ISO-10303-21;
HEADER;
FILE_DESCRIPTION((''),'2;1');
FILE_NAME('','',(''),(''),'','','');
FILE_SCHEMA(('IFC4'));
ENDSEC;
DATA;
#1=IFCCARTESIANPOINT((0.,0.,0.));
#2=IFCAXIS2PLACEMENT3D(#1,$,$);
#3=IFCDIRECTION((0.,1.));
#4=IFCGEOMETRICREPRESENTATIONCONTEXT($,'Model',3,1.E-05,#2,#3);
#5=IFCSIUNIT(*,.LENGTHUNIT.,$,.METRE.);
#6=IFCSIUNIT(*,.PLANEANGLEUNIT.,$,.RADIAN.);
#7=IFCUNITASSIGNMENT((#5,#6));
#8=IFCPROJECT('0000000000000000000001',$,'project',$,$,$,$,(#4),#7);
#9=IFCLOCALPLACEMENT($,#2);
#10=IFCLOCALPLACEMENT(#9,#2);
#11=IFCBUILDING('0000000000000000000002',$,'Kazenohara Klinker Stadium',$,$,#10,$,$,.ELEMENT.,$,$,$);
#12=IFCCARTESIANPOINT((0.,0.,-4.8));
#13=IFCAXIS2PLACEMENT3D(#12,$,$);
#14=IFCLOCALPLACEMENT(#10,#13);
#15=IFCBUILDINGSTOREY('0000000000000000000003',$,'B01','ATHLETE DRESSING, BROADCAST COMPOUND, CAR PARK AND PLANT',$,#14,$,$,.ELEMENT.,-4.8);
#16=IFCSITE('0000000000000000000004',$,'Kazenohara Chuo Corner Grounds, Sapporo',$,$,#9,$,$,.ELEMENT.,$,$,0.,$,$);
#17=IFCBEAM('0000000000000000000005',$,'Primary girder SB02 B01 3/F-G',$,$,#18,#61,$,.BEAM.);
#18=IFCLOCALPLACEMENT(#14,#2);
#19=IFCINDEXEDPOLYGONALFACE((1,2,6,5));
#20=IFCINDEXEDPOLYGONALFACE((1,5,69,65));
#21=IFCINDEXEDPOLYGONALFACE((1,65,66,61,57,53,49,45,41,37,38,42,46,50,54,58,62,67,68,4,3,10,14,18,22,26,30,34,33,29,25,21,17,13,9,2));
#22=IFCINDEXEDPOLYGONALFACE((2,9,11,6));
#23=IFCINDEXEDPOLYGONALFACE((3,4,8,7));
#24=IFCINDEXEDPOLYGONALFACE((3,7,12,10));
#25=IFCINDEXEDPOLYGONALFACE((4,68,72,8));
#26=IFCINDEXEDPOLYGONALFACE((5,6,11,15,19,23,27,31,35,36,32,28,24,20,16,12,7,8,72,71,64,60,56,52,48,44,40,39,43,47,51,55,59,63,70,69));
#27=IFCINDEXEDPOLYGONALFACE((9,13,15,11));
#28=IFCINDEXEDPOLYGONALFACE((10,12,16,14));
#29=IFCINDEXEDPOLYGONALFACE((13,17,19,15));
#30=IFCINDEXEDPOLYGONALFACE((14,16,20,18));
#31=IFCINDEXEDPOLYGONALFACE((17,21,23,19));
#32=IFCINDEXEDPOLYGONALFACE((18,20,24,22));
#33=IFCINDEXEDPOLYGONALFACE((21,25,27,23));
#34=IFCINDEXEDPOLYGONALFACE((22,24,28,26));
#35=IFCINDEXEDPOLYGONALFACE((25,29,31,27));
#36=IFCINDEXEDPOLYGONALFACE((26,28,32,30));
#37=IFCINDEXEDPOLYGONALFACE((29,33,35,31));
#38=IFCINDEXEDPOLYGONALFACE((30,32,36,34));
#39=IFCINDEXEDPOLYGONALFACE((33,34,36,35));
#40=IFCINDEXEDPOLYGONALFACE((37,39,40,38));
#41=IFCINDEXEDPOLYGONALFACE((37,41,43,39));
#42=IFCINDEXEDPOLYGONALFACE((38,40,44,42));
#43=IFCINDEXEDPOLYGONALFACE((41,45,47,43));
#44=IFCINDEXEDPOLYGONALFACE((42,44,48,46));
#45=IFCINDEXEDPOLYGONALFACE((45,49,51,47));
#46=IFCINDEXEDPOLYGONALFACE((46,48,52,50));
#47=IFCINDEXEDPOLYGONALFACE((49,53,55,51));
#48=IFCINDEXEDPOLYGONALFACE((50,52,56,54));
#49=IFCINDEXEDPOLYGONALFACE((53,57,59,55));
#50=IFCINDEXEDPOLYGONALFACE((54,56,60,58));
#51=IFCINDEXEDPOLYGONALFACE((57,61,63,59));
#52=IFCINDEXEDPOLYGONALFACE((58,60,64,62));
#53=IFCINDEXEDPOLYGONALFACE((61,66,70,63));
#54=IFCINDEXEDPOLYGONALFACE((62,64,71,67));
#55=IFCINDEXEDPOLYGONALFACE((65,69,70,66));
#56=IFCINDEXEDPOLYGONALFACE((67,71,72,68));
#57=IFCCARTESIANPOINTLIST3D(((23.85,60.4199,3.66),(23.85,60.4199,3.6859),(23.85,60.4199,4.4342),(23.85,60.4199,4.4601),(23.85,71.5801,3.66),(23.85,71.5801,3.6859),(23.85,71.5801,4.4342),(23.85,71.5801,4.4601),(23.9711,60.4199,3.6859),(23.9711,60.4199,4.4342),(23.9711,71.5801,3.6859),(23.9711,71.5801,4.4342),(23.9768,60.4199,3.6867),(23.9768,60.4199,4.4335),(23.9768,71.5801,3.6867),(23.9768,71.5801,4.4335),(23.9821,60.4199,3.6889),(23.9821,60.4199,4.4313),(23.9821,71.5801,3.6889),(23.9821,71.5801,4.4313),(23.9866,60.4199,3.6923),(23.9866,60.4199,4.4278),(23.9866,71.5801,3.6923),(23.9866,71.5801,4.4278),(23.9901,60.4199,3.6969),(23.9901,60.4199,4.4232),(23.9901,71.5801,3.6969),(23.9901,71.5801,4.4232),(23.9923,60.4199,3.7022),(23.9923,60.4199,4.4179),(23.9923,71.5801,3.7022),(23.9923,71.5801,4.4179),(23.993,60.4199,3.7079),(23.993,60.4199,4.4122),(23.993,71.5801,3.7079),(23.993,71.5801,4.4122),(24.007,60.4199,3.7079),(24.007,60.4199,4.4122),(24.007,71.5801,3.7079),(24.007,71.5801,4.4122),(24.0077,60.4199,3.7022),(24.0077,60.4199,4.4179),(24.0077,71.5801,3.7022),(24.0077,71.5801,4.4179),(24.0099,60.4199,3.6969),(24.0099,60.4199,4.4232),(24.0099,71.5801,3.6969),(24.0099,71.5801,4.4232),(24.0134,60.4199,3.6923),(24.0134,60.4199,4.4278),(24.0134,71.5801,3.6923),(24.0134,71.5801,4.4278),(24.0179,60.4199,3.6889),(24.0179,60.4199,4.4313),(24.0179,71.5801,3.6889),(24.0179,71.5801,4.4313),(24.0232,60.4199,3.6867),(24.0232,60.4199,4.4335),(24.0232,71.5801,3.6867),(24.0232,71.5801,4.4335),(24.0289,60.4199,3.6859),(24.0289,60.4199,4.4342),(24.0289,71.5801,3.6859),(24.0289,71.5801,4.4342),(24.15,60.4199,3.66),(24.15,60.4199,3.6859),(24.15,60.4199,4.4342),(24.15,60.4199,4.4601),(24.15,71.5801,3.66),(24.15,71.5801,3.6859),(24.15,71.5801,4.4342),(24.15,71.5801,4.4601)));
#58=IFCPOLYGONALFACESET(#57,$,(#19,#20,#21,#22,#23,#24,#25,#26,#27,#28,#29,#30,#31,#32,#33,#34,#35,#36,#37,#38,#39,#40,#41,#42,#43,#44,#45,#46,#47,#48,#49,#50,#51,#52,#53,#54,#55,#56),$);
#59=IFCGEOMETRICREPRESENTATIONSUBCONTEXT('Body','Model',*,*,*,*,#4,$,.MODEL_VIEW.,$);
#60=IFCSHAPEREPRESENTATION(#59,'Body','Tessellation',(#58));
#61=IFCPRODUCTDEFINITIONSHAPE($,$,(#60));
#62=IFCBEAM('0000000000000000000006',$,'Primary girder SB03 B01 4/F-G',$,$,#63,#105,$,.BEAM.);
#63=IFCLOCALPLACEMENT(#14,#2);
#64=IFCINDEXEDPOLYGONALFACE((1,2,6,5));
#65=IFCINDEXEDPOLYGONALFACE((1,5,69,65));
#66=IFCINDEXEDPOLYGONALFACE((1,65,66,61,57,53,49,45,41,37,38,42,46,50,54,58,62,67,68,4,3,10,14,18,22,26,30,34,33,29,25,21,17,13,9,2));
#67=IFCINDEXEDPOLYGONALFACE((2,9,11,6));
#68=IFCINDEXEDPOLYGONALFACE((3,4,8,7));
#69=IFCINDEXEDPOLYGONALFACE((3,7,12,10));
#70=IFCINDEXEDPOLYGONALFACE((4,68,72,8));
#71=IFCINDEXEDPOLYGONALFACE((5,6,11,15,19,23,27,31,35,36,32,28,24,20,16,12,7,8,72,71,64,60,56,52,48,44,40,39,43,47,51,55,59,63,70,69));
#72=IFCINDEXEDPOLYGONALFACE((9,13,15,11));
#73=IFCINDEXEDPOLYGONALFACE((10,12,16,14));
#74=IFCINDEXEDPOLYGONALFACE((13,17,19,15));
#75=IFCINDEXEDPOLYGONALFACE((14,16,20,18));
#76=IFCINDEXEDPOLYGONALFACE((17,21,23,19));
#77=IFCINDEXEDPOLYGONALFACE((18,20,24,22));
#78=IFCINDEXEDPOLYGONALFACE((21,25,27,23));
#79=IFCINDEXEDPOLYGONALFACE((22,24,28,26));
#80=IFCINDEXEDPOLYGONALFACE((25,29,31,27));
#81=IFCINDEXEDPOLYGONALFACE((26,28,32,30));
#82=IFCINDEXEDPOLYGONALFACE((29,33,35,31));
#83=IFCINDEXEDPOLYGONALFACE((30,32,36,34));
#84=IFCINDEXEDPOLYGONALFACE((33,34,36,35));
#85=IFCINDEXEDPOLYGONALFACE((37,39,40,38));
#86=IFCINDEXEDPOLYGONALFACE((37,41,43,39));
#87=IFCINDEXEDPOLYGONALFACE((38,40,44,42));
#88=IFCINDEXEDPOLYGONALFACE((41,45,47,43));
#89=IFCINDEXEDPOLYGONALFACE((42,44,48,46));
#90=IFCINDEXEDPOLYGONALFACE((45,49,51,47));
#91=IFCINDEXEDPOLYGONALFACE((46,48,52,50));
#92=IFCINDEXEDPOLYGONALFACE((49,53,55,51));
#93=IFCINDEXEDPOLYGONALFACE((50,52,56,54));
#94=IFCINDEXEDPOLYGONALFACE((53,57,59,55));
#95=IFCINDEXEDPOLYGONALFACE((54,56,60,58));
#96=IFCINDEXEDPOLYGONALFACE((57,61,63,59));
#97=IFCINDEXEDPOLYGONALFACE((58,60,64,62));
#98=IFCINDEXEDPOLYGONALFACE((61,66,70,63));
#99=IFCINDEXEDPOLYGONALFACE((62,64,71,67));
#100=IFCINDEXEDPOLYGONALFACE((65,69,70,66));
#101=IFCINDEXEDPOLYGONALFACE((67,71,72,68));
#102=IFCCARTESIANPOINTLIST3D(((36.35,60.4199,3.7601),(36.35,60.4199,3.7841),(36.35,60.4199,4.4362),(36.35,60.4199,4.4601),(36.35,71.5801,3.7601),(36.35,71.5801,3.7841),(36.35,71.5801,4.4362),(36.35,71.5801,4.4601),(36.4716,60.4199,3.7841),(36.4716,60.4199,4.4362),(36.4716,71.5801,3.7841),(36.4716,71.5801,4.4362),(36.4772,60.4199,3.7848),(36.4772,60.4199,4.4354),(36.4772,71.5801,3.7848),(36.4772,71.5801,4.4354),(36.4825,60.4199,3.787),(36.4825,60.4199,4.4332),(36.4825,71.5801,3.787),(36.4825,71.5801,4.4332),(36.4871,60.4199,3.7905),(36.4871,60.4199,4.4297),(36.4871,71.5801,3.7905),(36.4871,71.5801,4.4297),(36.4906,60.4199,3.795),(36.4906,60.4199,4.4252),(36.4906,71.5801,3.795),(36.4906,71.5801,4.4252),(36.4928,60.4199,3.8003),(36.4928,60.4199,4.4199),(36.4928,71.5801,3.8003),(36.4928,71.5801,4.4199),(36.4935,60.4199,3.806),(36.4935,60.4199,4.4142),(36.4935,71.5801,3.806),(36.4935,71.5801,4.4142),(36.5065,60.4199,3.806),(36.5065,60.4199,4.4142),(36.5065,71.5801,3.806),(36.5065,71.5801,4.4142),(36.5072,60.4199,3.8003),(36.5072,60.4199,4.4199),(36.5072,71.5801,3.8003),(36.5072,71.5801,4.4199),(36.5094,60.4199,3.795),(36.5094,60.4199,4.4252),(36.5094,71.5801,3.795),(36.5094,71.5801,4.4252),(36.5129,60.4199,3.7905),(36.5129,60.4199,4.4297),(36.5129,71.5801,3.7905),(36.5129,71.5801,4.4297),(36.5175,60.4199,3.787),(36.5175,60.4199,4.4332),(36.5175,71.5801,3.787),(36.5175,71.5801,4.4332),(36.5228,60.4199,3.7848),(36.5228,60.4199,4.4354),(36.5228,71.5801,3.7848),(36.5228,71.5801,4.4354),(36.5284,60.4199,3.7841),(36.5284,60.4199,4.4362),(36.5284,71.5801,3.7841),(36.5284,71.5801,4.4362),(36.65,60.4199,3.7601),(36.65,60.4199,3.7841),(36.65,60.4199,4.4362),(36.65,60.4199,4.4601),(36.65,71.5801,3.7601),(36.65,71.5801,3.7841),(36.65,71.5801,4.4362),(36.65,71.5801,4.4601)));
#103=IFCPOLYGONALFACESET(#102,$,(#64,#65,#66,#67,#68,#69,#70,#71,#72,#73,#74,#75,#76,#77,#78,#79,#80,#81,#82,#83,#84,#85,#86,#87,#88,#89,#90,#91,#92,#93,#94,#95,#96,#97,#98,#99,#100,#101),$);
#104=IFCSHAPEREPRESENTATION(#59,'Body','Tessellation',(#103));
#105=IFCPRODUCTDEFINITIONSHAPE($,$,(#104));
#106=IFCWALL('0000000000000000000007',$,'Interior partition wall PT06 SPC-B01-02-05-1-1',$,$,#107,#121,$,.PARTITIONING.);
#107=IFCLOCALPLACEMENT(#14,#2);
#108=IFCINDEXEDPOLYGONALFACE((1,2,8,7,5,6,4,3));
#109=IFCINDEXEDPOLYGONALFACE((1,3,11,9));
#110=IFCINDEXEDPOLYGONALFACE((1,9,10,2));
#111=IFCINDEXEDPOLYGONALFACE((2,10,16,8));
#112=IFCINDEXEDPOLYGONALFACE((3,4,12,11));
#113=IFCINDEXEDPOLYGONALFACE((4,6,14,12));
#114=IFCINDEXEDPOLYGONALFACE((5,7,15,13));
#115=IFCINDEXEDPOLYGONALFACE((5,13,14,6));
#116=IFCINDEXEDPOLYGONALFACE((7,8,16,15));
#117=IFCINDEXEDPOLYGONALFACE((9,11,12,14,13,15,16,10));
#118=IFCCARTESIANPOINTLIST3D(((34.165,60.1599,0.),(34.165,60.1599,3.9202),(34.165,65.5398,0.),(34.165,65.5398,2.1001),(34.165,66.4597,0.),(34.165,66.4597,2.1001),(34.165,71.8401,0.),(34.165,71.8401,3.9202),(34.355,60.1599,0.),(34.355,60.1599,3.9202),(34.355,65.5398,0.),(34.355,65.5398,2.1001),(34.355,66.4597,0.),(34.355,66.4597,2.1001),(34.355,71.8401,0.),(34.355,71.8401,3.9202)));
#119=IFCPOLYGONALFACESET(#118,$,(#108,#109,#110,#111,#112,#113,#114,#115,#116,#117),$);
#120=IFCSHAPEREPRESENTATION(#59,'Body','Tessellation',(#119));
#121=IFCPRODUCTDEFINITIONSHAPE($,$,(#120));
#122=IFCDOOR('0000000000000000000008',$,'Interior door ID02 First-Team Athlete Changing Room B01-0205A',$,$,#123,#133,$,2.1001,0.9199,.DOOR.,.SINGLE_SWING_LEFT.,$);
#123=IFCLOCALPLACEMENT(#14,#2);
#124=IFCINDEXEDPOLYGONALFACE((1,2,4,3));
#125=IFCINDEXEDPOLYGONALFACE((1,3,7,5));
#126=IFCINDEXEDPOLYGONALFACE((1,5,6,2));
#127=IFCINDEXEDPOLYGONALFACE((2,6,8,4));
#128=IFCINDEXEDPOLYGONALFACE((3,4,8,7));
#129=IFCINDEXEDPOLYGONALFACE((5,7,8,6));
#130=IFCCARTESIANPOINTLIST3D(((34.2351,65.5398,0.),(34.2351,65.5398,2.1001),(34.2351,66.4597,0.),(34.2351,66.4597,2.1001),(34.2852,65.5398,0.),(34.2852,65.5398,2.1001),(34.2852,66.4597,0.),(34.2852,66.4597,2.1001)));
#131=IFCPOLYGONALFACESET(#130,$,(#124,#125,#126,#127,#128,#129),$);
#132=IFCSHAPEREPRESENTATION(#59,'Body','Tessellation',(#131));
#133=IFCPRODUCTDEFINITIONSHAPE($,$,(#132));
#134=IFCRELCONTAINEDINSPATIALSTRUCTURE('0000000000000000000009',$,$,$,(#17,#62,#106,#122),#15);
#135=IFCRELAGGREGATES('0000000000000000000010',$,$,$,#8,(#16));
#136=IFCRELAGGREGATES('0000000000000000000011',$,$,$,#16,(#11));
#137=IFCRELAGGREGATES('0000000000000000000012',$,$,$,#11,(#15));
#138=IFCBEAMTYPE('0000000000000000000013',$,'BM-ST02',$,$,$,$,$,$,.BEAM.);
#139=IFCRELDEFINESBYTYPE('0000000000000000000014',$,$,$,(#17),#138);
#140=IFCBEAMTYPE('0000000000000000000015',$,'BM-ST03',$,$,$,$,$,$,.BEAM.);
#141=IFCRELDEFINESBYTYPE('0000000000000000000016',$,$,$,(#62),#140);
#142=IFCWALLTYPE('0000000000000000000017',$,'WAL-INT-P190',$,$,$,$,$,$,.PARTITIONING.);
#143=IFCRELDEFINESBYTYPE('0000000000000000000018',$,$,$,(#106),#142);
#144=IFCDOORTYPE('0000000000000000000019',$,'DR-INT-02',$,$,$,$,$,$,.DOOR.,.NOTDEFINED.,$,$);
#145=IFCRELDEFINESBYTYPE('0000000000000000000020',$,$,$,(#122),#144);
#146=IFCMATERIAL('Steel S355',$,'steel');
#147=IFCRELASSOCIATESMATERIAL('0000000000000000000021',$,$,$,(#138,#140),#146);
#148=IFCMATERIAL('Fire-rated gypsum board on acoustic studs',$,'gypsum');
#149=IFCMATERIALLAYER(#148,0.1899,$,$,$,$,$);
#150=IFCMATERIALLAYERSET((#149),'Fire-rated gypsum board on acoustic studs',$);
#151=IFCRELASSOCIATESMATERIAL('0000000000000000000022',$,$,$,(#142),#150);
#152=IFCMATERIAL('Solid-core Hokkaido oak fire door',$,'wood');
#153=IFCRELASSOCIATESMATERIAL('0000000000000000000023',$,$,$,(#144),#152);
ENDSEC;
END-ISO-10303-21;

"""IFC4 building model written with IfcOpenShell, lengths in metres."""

from ifc_helpers import new_model, si_unit, direction, frame, frame_2d, origin, origin_2d, place, context, subcontext, project, spatial, rectangle, i_section, extrude, material, layer, layer_set, material_profile, profile_set, type_object, element, fill, save


model = new_model("IFC4")

# Units and contexts
model_context = context("Model", 3, precision=1e-05, world=origin(), true_north=direction((0.0, 1.0)))
body_context = subcontext(model_context, "Body", "Model", "MODEL_VIEW")
ifc_project = project(units=[si_unit("LENGTHUNIT", "METRE"), si_unit("PLANEANGLEUNIT", "RADIAN")], contexts=[model_context])

# Site, building, storey
site_placement = place(None, origin())
site = spatial("IfcSite", under=ifc_project, at=site_placement, Name="Kazenohara Chuo Corner Grounds, Sapporo", CompositionType="ELEMENT", RefElevation=0.0)
building_placement = place(site_placement, origin())
building = spatial("IfcBuilding", under=site, at=building_placement, Name="Kazenohara Klinker Stadium", CompositionType="ELEMENT")
storey_placement = place(building_placement, frame((0.0, 0.0, -4.8)))
storey = spatial("IfcBuildingStorey", under=building, at=storey_placement, Name="B01", Description="ATHLETE DRESSING, BROADCAST COMPOUND, CAR PARK AND PLANT", CompositionType="ELEMENT", Elevation=-4.8)

# Beams
ifc_material_1 = material(Name="Steel S355", Category="steel")
ifc_material_profile_1 = material_profile(ifc_material_1, i_section(OverallWidth=0.3, OverallDepth=0.8, WebThickness=0.0139, FlangeThickness=0.0259, FilletRadius=0.022, at=origin_2d()), Name="H-800x300x14x26")
ifc_profile_set_1 = profile_set([ifc_material_profile_1], Name="Steel S355")
beam_type_1 = type_object("IfcBeamType", Name="BM-ST02", PredefinedType="BEAM", material=ifc_profile_set_1)
beam_1_placement = place(storey_placement, frame((24.0, 60.4199, 4.0601), z_axis=(0.0, 1.0, 0.0), x_axis=(-1.0, 0.0, 0.0)))
element("IfcBeam", 1, at=beam_1_placement, inside=storey, type_object=beam_type_1, Name="Primary girder SB02 B01 3/F-G", PredefinedType="BEAM", context=body_context, shape_type="SweptSolid", body=[
    extrude(i_section(OverallWidth=0.3, OverallDepth=0.8, WebThickness=0.0139, FlangeThickness=0.0259, FilletRadius=0.022, at=origin_2d()), origin(), (0.0, 0.0, 1.0), 11.1602),
])
ifc_material_profile_2 = material_profile(ifc_material_1, i_section(OverallWidth=0.3, OverallDepth=0.7, WebThickness=0.0129, FlangeThickness=0.0239, FilletRadius=0.022, at=origin_2d()), Name="H-700x300x13x24")
ifc_profile_set_2 = profile_set([ifc_material_profile_2], Name="Steel S355")
beam_type_2 = type_object("IfcBeamType", Name="BM-ST03", PredefinedType="BEAM", material=ifc_profile_set_2)
beam_2_placement = place(storey_placement, frame((36.5, 60.4199, 4.1101), z_axis=(0.0, 1.0, 0.0), x_axis=(-1.0, 0.0, 0.0)))
element("IfcBeam", 2, at=beam_2_placement, inside=storey, type_object=beam_type_2, Name="Primary girder SB03 B01 4/F-G", PredefinedType="BEAM", context=body_context, shape_type="SweptSolid", body=[
    extrude(i_section(OverallWidth=0.3, OverallDepth=0.7, WebThickness=0.0129, FlangeThickness=0.0239, FilletRadius=0.022, at=origin_2d()), origin(), (0.0, 0.0, 1.0), 11.1602),
])

# Wall, opening, door
ifc_material_2 = material(Name="Fire-rated gypsum board on acoustic studs", Category="gypsum")
ifc_layer = layer(ifc_material_2, 0.1899)
ifc_layer_set = layer_set([ifc_layer], Name="Fire-rated gypsum board on acoustic studs")
wall_type = type_object("IfcWallType", Name="WAL-INT-P190", PredefinedType="PARTITIONING", material=ifc_layer_set)
wall_placement = place(storey_placement, frame((34.26, 60.1599, 0.0), z_axis=(0.0, 0.0, 1.0), x_axis=(0.0, 1.0, 0.0)))
wall = element("IfcWall", 3, at=wall_placement, inside=storey, type_object=wall_type, Name="Interior partition wall PT06 SPC-B01-02-05-1-1", PredefinedType="PARTITIONING", context=body_context, shape_type="SweptSolid", body=[
    extrude(rectangle(XDim=11.6802, YDim=0.1899, at=frame_2d((5.8401, 0.0))), origin(), (0.0, 0.0, 1.0), 3.9202),
])
opening_placement = place(wall_placement, frame((5.3799, 0.0, 0.0)))
opening = element("IfcOpeningElement", 4, at=opening_placement, cuts=wall, PredefinedType="OPENING", context=body_context, shape_type="SweptSolid", body=[
    extrude(rectangle(XDim=0.9199, YDim=2.1001, at=frame_2d((0.46, 1.05))), frame((0.0, 0.105, 0.0), z_axis=(0.0, -1.0, 0.0), x_axis=(1.0, 0.0, 0.0)), (0.0, 0.0, 1.0), 0.21),
])
ifc_material_3 = material(Name="Solid-core Hokkaido oak fire door", Category="wood")
door_type = type_object("IfcDoorType", Name="DR-INT-02", OperationType="NOTDEFINED", PredefinedType="DOOR", material=ifc_material_3)
door_placement = place(opening_placement, origin())
door = element("IfcDoor", 5, at=door_placement, inside=storey, type_object=door_type, Name="Interior door ID02 First-Team Athlete Changing Room B01-0205A", OperationType="SINGLE_SWING_LEFT", OverallHeight=2.1001, OverallWidth=0.9199, PredefinedType="DOOR", context=body_context, shape_type="SweptSolid", body=[
    extrude(rectangle(XDim=0.9199, YDim=2.1001, at=frame_2d((0.46, 1.05))), frame((0.0, 0.0249, 0.0), z_axis=(0.0, -1.0, 0.0), x_axis=(1.0, 0.0, 0.0)), (0.0, 0.0, 1.0), 0.05),
])
fill(opening, door)

save(model, "model.ifc")
